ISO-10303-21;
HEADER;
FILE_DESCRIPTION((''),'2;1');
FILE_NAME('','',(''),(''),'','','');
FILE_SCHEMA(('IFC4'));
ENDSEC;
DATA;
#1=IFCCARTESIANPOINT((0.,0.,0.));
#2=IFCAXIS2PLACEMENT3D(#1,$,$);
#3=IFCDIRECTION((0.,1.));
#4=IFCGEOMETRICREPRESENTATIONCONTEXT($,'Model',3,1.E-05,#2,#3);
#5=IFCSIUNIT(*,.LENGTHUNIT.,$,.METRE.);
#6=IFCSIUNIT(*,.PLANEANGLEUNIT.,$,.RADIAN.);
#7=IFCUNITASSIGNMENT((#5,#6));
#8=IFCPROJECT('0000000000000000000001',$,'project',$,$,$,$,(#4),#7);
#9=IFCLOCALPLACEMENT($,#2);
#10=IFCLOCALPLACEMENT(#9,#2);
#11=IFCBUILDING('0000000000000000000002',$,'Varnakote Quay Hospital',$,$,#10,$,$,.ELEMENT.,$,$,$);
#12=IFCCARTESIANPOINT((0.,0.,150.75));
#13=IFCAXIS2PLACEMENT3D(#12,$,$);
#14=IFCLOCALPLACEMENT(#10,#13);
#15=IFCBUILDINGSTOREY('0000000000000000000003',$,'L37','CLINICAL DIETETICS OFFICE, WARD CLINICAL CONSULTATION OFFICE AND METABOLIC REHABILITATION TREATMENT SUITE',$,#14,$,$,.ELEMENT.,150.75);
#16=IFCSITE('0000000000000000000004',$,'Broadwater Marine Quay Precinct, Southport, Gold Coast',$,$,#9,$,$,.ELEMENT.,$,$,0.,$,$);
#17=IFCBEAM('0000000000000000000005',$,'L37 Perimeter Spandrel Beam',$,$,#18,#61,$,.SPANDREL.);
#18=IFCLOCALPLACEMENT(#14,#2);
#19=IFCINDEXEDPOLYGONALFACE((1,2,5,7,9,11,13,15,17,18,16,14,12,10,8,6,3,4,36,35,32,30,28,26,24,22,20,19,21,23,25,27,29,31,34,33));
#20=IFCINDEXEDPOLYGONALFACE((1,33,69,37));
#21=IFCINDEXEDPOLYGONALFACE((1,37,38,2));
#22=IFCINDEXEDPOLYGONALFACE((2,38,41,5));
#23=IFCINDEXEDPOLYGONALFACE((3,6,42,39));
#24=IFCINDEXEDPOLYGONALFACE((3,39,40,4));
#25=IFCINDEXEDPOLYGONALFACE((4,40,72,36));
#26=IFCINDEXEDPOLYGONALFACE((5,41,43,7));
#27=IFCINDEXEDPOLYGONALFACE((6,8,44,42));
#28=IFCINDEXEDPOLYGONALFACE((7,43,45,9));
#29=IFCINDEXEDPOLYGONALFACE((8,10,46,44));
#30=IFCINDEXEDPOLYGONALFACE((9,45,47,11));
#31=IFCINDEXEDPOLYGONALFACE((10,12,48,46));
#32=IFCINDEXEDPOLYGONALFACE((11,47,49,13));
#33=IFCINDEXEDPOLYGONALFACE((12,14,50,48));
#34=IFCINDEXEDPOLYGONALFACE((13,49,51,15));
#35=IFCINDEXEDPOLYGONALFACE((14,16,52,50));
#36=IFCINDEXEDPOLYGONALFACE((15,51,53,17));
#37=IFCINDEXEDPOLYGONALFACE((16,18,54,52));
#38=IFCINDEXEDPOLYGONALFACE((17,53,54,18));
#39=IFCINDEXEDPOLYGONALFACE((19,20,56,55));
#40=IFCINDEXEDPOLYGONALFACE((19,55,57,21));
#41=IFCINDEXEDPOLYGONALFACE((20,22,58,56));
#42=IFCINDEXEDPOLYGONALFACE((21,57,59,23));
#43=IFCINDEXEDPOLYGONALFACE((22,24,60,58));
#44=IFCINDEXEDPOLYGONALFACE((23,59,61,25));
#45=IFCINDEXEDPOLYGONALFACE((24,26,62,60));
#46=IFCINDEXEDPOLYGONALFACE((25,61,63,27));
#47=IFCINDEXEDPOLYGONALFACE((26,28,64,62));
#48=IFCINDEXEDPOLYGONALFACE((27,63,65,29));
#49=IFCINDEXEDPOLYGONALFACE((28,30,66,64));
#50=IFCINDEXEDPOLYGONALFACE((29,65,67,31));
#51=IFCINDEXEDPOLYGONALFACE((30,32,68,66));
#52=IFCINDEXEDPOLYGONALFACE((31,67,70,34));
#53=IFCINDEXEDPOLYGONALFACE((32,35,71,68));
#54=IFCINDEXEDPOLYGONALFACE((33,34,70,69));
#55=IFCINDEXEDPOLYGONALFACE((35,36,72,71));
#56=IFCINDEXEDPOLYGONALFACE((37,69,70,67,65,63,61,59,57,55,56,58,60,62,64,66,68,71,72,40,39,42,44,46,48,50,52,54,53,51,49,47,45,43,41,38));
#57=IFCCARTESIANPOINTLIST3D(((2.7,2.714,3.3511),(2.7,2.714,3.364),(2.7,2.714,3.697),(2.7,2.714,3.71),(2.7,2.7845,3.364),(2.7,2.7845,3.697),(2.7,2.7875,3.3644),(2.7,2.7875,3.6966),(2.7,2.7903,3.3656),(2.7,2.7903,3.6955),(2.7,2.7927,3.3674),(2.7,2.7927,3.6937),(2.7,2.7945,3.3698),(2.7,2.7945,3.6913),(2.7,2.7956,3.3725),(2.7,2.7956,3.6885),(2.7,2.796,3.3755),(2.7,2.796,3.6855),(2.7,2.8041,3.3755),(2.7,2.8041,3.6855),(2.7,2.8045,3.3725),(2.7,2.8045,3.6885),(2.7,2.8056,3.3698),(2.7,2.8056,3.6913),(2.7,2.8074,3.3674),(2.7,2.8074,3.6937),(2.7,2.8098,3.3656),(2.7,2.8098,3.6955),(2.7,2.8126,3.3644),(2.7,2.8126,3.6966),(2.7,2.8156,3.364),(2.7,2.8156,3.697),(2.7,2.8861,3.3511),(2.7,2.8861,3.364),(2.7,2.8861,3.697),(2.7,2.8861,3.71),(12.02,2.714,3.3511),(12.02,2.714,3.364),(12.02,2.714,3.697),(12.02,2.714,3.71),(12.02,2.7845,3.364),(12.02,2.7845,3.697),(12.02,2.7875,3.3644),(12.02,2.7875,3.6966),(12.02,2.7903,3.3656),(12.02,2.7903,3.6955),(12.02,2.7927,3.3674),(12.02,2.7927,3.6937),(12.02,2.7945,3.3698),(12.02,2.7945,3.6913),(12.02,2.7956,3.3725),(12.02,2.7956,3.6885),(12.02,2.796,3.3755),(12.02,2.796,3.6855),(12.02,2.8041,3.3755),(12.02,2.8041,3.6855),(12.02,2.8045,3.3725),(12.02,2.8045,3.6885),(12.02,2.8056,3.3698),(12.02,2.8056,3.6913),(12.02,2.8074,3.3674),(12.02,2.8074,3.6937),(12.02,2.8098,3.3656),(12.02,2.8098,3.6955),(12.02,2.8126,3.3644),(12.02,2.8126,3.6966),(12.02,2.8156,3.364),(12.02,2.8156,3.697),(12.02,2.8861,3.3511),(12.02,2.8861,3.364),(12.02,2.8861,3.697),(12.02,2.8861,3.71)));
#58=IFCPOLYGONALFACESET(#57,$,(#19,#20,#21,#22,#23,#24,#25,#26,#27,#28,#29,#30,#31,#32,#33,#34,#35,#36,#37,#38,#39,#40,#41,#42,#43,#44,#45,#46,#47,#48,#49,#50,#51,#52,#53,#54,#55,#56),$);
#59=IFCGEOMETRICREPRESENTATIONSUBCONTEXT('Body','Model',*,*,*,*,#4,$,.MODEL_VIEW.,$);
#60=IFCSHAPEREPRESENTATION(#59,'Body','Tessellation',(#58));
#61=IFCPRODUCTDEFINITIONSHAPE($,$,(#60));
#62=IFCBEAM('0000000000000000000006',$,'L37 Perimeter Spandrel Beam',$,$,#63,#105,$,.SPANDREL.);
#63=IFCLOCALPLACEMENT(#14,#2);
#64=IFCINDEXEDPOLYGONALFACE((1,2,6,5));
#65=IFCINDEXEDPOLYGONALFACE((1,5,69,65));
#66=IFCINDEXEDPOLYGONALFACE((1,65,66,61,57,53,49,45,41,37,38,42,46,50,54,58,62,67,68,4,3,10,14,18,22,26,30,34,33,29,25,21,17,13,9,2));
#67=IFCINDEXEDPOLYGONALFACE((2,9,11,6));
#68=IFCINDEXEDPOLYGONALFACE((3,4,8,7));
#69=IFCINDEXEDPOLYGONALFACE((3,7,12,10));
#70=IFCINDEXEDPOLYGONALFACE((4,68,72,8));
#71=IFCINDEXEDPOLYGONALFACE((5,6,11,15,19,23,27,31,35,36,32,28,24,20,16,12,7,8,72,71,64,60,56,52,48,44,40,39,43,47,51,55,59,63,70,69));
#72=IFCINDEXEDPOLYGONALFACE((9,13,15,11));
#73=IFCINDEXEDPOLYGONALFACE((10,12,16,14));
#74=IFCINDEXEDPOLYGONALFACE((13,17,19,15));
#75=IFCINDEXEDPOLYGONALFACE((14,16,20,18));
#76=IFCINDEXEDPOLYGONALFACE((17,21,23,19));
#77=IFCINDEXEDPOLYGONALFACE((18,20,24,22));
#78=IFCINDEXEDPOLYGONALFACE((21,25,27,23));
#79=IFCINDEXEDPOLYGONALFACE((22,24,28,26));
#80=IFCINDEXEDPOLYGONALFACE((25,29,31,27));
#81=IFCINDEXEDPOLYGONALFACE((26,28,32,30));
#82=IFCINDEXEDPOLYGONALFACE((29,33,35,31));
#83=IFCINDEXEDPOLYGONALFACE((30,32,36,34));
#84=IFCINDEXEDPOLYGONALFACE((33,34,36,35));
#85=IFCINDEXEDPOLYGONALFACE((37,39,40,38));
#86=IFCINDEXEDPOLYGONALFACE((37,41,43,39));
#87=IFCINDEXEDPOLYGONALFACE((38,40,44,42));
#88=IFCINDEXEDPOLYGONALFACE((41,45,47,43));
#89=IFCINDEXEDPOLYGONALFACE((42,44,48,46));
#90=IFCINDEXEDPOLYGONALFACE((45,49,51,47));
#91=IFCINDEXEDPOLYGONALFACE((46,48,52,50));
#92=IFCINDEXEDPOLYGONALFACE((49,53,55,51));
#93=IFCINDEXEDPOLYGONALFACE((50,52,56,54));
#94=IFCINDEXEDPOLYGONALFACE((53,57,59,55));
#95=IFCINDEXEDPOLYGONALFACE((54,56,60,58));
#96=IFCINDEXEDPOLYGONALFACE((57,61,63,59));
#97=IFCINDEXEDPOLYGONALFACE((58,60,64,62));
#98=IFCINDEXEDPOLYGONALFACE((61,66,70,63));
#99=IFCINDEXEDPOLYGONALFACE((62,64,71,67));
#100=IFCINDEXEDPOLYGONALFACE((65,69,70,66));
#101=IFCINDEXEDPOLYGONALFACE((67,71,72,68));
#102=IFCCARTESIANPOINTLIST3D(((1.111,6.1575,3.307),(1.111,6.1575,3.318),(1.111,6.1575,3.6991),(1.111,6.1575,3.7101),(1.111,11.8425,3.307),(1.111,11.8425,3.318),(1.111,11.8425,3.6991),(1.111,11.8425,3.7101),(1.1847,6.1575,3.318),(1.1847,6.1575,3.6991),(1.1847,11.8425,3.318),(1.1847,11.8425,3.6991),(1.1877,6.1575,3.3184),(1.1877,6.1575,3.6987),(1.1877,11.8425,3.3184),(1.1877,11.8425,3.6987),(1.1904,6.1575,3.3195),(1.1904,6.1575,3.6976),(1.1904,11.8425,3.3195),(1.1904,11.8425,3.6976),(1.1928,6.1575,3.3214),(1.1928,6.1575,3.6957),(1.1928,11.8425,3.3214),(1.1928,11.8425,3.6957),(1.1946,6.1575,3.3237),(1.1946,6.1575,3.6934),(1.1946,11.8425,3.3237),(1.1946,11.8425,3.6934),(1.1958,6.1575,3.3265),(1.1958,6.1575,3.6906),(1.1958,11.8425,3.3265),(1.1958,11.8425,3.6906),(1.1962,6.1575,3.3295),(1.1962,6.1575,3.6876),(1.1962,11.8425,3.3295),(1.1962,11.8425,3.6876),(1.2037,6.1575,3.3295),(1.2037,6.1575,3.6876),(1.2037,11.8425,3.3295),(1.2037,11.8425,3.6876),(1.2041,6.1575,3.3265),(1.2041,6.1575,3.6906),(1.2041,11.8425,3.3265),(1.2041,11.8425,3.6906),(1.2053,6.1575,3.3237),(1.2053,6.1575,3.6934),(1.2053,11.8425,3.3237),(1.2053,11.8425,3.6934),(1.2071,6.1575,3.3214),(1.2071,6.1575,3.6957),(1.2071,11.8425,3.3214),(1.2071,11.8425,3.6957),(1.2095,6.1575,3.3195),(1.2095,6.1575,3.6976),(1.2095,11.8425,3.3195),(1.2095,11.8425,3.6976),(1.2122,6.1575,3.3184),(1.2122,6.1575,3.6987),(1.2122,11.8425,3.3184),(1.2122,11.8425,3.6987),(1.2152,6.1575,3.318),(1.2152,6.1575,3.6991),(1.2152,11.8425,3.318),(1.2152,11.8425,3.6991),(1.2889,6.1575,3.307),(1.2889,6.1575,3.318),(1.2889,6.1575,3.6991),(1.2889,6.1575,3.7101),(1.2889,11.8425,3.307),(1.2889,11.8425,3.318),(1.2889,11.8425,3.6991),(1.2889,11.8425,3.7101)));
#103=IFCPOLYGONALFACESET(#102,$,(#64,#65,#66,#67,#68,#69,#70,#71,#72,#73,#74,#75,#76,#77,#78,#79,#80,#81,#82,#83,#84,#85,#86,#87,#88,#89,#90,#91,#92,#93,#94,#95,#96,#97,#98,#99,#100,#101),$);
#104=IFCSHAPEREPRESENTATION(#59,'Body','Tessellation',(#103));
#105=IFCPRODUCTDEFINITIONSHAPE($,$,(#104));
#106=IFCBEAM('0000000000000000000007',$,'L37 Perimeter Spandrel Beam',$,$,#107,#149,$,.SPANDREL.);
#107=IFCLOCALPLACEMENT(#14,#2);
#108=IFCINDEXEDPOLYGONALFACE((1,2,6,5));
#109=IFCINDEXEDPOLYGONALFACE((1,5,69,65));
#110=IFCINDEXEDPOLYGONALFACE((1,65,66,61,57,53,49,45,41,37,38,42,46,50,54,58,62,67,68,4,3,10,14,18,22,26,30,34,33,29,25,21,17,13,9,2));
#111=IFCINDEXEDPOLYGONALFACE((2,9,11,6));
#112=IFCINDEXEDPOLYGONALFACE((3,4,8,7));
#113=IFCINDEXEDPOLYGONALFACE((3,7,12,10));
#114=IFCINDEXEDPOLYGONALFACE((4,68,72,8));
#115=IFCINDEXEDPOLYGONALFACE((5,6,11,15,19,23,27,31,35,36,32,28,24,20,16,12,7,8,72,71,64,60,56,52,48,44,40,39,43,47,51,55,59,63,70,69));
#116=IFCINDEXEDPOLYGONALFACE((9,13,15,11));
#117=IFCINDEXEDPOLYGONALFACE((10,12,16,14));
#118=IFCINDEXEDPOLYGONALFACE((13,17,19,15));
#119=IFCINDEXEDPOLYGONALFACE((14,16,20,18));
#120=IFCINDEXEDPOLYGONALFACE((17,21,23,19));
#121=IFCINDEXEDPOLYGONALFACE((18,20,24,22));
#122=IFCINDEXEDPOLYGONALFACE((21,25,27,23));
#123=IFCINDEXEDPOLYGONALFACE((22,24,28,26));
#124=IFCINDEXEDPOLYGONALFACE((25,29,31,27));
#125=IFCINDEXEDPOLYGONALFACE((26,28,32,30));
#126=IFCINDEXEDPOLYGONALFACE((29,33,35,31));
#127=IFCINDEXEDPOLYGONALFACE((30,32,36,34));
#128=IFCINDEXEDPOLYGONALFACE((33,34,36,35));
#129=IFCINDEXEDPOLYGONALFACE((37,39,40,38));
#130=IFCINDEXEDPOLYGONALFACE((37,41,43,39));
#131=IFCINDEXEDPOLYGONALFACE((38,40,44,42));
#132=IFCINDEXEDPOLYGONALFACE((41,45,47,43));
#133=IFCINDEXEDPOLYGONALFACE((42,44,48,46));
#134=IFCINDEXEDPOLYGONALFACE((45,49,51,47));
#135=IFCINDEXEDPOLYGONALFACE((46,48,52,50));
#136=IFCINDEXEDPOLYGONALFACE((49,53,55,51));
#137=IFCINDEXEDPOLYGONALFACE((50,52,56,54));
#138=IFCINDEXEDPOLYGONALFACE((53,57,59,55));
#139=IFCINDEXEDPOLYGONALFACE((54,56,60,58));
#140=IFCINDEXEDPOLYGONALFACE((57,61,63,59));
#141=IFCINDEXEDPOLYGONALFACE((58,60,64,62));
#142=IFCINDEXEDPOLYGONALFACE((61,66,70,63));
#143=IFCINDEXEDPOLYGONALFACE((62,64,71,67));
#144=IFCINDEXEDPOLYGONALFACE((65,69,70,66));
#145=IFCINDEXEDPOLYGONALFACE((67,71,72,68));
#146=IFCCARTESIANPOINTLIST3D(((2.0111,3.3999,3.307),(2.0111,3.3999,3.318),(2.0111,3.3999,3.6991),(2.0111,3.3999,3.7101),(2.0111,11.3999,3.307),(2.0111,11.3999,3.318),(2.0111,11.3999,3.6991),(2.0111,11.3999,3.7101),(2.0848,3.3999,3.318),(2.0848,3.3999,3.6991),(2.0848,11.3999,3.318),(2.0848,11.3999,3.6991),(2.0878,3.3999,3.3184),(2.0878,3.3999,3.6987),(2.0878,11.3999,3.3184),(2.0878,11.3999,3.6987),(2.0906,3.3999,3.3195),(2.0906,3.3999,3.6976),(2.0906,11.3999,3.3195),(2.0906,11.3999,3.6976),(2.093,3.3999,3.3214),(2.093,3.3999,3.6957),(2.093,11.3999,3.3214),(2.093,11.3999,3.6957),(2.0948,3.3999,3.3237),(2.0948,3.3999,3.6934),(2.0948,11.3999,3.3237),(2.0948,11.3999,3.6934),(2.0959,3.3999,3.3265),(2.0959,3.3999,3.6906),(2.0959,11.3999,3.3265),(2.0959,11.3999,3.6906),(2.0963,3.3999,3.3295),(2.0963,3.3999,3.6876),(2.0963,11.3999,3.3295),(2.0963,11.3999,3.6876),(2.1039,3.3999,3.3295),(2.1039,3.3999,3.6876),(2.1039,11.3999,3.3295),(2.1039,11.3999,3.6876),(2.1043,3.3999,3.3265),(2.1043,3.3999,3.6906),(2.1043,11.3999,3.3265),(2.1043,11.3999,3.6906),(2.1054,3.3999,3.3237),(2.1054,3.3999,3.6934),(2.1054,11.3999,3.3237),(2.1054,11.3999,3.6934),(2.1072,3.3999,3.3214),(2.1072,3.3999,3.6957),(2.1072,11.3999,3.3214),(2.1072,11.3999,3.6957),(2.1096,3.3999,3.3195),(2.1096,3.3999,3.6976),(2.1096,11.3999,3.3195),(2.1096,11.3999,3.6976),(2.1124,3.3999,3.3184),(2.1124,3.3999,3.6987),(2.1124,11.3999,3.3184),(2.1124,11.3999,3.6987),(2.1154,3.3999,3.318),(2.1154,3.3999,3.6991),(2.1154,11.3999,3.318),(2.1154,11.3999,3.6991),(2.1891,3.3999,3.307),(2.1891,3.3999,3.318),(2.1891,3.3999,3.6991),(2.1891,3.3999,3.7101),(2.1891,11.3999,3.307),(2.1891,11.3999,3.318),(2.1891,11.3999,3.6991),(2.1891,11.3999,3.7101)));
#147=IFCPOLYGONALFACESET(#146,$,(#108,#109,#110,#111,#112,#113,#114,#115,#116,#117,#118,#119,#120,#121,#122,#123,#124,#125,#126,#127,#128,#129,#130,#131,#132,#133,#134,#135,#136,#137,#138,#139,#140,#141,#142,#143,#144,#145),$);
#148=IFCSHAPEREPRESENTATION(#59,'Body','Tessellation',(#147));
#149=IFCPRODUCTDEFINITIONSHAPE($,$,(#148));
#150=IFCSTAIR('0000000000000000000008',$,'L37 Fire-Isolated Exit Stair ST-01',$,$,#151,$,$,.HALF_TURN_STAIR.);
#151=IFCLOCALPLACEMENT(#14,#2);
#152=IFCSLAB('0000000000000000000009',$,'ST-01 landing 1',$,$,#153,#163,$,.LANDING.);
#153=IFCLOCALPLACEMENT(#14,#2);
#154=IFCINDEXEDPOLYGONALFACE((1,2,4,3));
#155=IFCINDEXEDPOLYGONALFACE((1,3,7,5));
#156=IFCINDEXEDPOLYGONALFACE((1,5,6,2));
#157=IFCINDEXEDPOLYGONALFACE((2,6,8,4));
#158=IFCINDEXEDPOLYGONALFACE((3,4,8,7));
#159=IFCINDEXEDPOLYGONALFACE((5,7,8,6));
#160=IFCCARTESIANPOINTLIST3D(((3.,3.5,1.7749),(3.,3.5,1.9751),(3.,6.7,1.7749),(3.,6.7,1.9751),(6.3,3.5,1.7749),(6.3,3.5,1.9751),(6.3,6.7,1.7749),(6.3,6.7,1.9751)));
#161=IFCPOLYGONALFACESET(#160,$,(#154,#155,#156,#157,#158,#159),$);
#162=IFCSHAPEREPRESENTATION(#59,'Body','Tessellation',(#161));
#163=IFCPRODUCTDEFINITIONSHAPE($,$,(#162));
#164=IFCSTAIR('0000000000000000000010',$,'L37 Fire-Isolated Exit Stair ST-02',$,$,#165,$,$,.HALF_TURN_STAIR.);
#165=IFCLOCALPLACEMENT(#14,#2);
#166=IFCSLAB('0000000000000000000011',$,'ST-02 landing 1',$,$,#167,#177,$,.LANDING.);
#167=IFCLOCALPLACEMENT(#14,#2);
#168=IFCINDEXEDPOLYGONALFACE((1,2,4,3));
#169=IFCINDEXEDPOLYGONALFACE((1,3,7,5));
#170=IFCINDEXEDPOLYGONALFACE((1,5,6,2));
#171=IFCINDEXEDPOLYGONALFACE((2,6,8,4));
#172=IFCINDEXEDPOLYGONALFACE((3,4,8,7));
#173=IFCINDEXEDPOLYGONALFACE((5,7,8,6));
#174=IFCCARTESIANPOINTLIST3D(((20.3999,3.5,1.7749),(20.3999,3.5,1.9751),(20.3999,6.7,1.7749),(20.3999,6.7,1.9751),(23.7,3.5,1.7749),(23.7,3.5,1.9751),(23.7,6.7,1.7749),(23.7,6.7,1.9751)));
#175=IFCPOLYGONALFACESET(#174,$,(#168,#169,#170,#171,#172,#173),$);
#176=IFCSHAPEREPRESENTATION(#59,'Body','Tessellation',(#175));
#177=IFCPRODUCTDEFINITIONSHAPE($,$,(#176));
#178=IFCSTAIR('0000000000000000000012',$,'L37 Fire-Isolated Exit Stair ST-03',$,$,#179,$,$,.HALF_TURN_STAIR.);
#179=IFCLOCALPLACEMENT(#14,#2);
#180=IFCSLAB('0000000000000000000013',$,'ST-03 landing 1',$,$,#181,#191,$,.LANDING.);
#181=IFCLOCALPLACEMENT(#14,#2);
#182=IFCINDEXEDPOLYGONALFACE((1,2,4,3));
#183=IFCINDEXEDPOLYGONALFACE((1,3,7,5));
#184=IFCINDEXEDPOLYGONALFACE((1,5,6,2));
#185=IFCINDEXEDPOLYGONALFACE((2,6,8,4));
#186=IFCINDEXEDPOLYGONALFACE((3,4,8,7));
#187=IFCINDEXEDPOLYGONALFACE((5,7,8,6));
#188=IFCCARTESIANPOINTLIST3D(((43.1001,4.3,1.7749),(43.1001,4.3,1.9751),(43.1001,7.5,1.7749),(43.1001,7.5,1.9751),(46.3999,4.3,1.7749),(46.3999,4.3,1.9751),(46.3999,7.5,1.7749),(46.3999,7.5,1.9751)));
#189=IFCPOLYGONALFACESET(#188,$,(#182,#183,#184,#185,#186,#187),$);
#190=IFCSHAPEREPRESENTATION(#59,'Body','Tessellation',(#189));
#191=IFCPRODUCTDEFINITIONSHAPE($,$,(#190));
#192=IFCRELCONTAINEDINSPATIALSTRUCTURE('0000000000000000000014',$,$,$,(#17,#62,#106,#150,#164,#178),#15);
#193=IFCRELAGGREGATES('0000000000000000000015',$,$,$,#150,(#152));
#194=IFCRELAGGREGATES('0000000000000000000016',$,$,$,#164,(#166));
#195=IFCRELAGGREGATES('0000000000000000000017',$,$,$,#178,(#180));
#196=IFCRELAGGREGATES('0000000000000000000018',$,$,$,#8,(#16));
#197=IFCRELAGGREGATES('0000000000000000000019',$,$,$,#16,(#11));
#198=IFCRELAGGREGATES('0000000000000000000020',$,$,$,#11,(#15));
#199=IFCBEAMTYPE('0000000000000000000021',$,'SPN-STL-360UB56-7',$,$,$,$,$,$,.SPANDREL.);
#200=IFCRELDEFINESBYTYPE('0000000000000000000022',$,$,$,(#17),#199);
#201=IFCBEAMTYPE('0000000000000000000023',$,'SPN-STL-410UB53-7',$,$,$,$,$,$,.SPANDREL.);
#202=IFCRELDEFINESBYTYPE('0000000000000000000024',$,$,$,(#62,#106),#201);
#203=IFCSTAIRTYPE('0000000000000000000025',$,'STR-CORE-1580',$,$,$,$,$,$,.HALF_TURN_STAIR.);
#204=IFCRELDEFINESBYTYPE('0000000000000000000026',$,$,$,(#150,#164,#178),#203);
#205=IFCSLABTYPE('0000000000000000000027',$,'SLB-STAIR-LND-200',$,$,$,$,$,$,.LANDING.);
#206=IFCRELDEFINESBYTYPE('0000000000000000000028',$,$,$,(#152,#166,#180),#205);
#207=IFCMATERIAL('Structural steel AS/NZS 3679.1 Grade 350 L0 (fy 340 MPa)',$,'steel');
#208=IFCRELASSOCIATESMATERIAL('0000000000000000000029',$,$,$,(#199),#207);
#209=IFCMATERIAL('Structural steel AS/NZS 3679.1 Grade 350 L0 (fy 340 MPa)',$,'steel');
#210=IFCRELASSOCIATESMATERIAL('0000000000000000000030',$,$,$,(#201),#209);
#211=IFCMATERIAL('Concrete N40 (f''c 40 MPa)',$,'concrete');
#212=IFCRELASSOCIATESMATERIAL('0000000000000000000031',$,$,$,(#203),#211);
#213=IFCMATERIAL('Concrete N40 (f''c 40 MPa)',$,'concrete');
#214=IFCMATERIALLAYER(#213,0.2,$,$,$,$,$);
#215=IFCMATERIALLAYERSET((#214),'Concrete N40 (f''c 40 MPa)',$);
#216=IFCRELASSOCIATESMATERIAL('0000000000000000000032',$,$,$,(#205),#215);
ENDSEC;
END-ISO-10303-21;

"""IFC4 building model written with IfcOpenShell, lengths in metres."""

from ifc_helpers import new_model, si_unit, direction, frame, origin, origin_2d, place, context, subcontext, project, spatial, polyline, i_section, outline, extrude, material, layer, layer_set, material_profile, profile_set, type_object, element, aggregate, save


model = new_model("IFC4")

# Units and contexts
model_context = context("Model", 3, precision=1e-05, world=origin(), true_north=direction((0.0, 1.0)))
body_context = subcontext(model_context, "Body", "Model", "MODEL_VIEW")
ifc_project = project(units=[si_unit("LENGTHUNIT", "METRE"), si_unit("PLANEANGLEUNIT", "RADIAN")], contexts=[model_context])

# Site, building, storey
site_placement = place(None, origin())
site = spatial("IfcSite", under=ifc_project, at=site_placement, Name="Broadwater Marine Quay Precinct, Southport, Gold Coast", CompositionType="ELEMENT", RefElevation=0.0)
building_placement = place(site_placement, origin())
building = spatial("IfcBuilding", under=site, at=building_placement, Name="Varnakote Quay Hospital", CompositionType="ELEMENT")
storey_placement = place(building_placement, frame((0.0, 0.0, 150.75)))
storey = spatial("IfcBuildingStorey", under=building, at=storey_placement, Name="L37", Description="CLINICAL DIETETICS OFFICE, WARD CLINICAL CONSULTATION OFFICE AND METABOLIC REHABILITATION TREATMENT SUITE", CompositionType="ELEMENT", Elevation=150.75)

# Beams
ifc_material_1 = material(Name="Structural steel AS/NZS 3679.1 Grade 350 L0 (fy 340 MPa)", Category="steel")
ifc_material_profile_1 = material_profile(ifc_material_1, i_section(OverallWidth=0.1721, OverallDepth=0.3589, WebThickness=0.0081, FlangeThickness=0.0129, FilletRadius=0.0115, at=origin_2d()), Name="360UB56.7")
ifc_profile_set_1 = profile_set([ifc_material_profile_1], Name="Structural steel AS/NZS 3679.1 Grade 350 L0 (fy 340 MPa)")
beam_type_1 = type_object("IfcBeamType", Name="SPN-STL-360UB56-7", PredefinedType="SPANDREL", material=ifc_profile_set_1)
beam_1_placement = place(storey_placement, frame((2.7, 2.8, 3.5305), z_axis=(1.0, 0.0, 0.0), x_axis=(0.0, 1.0, 0.0)))
element("IfcBeam", 1, at=beam_1_placement, inside=storey, type_object=beam_type_1, Name="L37 Perimeter Spandrel Beam", PredefinedType="SPANDREL", context=body_context, shape_type="SweptSolid", body=[
    extrude(i_section(OverallWidth=0.1721, OverallDepth=0.3589, WebThickness=0.0081, FlangeThickness=0.0129, FilletRadius=0.0115, at=origin_2d()), origin(), (0.0, 0.0, 1.0), 9.3201),
])
ifc_material_2 = material(Name="Structural steel AS/NZS 3679.1 Grade 350 L0 (fy 340 MPa)", Category="steel")
ifc_material_profile_2 = material_profile(ifc_material_2, i_section(OverallWidth=0.178, OverallDepth=0.4031, WebThickness=0.0076, FlangeThickness=0.011, FilletRadius=0.0115, at=origin_2d()), Name="410UB53.7")
ifc_profile_set_2 = profile_set([ifc_material_profile_2], Name="Structural steel AS/NZS 3679.1 Grade 350 L0 (fy 340 MPa)")
beam_type_2 = type_object("IfcBeamType", Name="SPN-STL-410UB53-7", PredefinedType="SPANDREL", material=ifc_profile_set_2)
beam_2_placement = place(storey_placement, frame((1.2, 6.1575, 3.5085), z_axis=(0.0, 1.0, 0.0), x_axis=(-1.0, 0.0, 0.0)))
element("IfcBeam", 2, at=beam_2_placement, inside=storey, type_object=beam_type_2, Name="L37 Perimeter Spandrel Beam", PredefinedType="SPANDREL", context=body_context, shape_type="SweptSolid", body=[
    extrude(i_section(OverallWidth=0.178, OverallDepth=0.4031, WebThickness=0.0076, FlangeThickness=0.011, FilletRadius=0.0115, at=origin_2d()), origin(), (0.0, 0.0, 1.0), 5.6851),
])
beam_3_placement = place(storey_placement, frame((2.1001, 3.3999, 3.5085), z_axis=(0.0, 1.0, 0.0), x_axis=(-1.0, 0.0, 0.0)))
element("IfcBeam", 3, at=beam_3_placement, inside=storey, type_object=beam_type_2, Name="L37 Perimeter Spandrel Beam", PredefinedType="SPANDREL", context=body_context, shape_type="SweptSolid", body=[
    extrude(i_section(OverallWidth=0.178, OverallDepth=0.4031, WebThickness=0.0076, FlangeThickness=0.011, FilletRadius=0.0115, at=origin_2d()), origin(), (0.0, 0.0, 1.0), 8.0),
])

# Stairs, slabs
ifc_material_3 = material(Name="Concrete N40 (f'c 40 MPa)", Category="concrete")
stair_type = type_object("IfcStairType", Name="STR-CORE-1580", PredefinedType="HALF_TURN_STAIR", material=ifc_material_3)
stair_1_placement = place(storey_placement, origin())
stair_1 = element("IfcStair", 4, at=stair_1_placement, inside=storey, type_object=stair_type, Name="L37 Fire-Isolated Exit Stair ST-01", PredefinedType="HALF_TURN_STAIR")
ifc_material_4 = material(Name="Concrete N40 (f'c 40 MPa)", Category="concrete")
ifc_layer_1 = layer(ifc_material_4, 0.2)
ifc_layer_set_1 = layer_set([ifc_layer_1], Name="Concrete N40 (f'c 40 MPa)")
slab_type_1 = type_object("IfcSlabType", Name="SLB-STAIR-LND-200", PredefinedType="LANDING", material=ifc_layer_set_1)
slab_1_placement = place(storey_placement, frame((0.0, 0.0, 1.7749)))
slab_1 = element("IfcSlab", 5, at=slab_1_placement, type_object=slab_type_1, Name="ST-01 landing 1", PredefinedType="LANDING", context=body_context, shape_type="SweptSolid", body=[
    extrude(outline(polyline([(3.0, 6.7), (3.0, 3.5), (6.3, 3.5), (6.3, 6.7), (3.0, 6.7)])), origin(), (0.0, 0.0, 1.0), 0.2002),
])
aggregate(stair_1, [slab_1])
stair_2_placement = place(storey_placement, origin())
stair_2 = element("IfcStair", 6, at=stair_2_placement, inside=storey, type_object=stair_type, Name="L37 Fire-Isolated Exit Stair ST-02", PredefinedType="HALF_TURN_STAIR")
slab_2_placement = place(storey_placement, frame((0.0, 0.0, 1.7749)))
slab_2 = element("IfcSlab", 7, at=slab_2_placement, type_object=slab_type_1, Name="ST-02 landing 1", PredefinedType="LANDING", context=body_context, shape_type="SweptSolid", body=[
    extrude(outline(polyline([(20.3999, 6.7), (20.3999, 3.5), (23.7, 3.5), (23.7, 6.7), (20.3999, 6.7)])), origin(), (0.0, 0.0, 1.0), 0.2002),
])
aggregate(stair_2, [slab_2])
stair_3_placement = place(storey_placement, origin())
stair_3 = element("IfcStair", 8, at=stair_3_placement, inside=storey, type_object=stair_type, Name="L37 Fire-Isolated Exit Stair ST-03", PredefinedType="HALF_TURN_STAIR")
slab_3_placement = place(storey_placement, frame((0.0, 0.0, 1.7749)))
slab_3 = element("IfcSlab", 9, at=slab_3_placement, type_object=slab_type_1, Name="ST-03 landing 1", PredefinedType="LANDING", context=body_context, shape_type="SweptSolid", body=[
    extrude(outline(polyline([(43.1001, 7.5), (43.1001, 4.3), (46.3999, 4.3), (46.3999, 7.5), (43.1001, 7.5)])), origin(), (0.0, 0.0, 1.0), 0.2002),
])
aggregate(stair_3, [slab_3])

save(model, "model.ifc")
